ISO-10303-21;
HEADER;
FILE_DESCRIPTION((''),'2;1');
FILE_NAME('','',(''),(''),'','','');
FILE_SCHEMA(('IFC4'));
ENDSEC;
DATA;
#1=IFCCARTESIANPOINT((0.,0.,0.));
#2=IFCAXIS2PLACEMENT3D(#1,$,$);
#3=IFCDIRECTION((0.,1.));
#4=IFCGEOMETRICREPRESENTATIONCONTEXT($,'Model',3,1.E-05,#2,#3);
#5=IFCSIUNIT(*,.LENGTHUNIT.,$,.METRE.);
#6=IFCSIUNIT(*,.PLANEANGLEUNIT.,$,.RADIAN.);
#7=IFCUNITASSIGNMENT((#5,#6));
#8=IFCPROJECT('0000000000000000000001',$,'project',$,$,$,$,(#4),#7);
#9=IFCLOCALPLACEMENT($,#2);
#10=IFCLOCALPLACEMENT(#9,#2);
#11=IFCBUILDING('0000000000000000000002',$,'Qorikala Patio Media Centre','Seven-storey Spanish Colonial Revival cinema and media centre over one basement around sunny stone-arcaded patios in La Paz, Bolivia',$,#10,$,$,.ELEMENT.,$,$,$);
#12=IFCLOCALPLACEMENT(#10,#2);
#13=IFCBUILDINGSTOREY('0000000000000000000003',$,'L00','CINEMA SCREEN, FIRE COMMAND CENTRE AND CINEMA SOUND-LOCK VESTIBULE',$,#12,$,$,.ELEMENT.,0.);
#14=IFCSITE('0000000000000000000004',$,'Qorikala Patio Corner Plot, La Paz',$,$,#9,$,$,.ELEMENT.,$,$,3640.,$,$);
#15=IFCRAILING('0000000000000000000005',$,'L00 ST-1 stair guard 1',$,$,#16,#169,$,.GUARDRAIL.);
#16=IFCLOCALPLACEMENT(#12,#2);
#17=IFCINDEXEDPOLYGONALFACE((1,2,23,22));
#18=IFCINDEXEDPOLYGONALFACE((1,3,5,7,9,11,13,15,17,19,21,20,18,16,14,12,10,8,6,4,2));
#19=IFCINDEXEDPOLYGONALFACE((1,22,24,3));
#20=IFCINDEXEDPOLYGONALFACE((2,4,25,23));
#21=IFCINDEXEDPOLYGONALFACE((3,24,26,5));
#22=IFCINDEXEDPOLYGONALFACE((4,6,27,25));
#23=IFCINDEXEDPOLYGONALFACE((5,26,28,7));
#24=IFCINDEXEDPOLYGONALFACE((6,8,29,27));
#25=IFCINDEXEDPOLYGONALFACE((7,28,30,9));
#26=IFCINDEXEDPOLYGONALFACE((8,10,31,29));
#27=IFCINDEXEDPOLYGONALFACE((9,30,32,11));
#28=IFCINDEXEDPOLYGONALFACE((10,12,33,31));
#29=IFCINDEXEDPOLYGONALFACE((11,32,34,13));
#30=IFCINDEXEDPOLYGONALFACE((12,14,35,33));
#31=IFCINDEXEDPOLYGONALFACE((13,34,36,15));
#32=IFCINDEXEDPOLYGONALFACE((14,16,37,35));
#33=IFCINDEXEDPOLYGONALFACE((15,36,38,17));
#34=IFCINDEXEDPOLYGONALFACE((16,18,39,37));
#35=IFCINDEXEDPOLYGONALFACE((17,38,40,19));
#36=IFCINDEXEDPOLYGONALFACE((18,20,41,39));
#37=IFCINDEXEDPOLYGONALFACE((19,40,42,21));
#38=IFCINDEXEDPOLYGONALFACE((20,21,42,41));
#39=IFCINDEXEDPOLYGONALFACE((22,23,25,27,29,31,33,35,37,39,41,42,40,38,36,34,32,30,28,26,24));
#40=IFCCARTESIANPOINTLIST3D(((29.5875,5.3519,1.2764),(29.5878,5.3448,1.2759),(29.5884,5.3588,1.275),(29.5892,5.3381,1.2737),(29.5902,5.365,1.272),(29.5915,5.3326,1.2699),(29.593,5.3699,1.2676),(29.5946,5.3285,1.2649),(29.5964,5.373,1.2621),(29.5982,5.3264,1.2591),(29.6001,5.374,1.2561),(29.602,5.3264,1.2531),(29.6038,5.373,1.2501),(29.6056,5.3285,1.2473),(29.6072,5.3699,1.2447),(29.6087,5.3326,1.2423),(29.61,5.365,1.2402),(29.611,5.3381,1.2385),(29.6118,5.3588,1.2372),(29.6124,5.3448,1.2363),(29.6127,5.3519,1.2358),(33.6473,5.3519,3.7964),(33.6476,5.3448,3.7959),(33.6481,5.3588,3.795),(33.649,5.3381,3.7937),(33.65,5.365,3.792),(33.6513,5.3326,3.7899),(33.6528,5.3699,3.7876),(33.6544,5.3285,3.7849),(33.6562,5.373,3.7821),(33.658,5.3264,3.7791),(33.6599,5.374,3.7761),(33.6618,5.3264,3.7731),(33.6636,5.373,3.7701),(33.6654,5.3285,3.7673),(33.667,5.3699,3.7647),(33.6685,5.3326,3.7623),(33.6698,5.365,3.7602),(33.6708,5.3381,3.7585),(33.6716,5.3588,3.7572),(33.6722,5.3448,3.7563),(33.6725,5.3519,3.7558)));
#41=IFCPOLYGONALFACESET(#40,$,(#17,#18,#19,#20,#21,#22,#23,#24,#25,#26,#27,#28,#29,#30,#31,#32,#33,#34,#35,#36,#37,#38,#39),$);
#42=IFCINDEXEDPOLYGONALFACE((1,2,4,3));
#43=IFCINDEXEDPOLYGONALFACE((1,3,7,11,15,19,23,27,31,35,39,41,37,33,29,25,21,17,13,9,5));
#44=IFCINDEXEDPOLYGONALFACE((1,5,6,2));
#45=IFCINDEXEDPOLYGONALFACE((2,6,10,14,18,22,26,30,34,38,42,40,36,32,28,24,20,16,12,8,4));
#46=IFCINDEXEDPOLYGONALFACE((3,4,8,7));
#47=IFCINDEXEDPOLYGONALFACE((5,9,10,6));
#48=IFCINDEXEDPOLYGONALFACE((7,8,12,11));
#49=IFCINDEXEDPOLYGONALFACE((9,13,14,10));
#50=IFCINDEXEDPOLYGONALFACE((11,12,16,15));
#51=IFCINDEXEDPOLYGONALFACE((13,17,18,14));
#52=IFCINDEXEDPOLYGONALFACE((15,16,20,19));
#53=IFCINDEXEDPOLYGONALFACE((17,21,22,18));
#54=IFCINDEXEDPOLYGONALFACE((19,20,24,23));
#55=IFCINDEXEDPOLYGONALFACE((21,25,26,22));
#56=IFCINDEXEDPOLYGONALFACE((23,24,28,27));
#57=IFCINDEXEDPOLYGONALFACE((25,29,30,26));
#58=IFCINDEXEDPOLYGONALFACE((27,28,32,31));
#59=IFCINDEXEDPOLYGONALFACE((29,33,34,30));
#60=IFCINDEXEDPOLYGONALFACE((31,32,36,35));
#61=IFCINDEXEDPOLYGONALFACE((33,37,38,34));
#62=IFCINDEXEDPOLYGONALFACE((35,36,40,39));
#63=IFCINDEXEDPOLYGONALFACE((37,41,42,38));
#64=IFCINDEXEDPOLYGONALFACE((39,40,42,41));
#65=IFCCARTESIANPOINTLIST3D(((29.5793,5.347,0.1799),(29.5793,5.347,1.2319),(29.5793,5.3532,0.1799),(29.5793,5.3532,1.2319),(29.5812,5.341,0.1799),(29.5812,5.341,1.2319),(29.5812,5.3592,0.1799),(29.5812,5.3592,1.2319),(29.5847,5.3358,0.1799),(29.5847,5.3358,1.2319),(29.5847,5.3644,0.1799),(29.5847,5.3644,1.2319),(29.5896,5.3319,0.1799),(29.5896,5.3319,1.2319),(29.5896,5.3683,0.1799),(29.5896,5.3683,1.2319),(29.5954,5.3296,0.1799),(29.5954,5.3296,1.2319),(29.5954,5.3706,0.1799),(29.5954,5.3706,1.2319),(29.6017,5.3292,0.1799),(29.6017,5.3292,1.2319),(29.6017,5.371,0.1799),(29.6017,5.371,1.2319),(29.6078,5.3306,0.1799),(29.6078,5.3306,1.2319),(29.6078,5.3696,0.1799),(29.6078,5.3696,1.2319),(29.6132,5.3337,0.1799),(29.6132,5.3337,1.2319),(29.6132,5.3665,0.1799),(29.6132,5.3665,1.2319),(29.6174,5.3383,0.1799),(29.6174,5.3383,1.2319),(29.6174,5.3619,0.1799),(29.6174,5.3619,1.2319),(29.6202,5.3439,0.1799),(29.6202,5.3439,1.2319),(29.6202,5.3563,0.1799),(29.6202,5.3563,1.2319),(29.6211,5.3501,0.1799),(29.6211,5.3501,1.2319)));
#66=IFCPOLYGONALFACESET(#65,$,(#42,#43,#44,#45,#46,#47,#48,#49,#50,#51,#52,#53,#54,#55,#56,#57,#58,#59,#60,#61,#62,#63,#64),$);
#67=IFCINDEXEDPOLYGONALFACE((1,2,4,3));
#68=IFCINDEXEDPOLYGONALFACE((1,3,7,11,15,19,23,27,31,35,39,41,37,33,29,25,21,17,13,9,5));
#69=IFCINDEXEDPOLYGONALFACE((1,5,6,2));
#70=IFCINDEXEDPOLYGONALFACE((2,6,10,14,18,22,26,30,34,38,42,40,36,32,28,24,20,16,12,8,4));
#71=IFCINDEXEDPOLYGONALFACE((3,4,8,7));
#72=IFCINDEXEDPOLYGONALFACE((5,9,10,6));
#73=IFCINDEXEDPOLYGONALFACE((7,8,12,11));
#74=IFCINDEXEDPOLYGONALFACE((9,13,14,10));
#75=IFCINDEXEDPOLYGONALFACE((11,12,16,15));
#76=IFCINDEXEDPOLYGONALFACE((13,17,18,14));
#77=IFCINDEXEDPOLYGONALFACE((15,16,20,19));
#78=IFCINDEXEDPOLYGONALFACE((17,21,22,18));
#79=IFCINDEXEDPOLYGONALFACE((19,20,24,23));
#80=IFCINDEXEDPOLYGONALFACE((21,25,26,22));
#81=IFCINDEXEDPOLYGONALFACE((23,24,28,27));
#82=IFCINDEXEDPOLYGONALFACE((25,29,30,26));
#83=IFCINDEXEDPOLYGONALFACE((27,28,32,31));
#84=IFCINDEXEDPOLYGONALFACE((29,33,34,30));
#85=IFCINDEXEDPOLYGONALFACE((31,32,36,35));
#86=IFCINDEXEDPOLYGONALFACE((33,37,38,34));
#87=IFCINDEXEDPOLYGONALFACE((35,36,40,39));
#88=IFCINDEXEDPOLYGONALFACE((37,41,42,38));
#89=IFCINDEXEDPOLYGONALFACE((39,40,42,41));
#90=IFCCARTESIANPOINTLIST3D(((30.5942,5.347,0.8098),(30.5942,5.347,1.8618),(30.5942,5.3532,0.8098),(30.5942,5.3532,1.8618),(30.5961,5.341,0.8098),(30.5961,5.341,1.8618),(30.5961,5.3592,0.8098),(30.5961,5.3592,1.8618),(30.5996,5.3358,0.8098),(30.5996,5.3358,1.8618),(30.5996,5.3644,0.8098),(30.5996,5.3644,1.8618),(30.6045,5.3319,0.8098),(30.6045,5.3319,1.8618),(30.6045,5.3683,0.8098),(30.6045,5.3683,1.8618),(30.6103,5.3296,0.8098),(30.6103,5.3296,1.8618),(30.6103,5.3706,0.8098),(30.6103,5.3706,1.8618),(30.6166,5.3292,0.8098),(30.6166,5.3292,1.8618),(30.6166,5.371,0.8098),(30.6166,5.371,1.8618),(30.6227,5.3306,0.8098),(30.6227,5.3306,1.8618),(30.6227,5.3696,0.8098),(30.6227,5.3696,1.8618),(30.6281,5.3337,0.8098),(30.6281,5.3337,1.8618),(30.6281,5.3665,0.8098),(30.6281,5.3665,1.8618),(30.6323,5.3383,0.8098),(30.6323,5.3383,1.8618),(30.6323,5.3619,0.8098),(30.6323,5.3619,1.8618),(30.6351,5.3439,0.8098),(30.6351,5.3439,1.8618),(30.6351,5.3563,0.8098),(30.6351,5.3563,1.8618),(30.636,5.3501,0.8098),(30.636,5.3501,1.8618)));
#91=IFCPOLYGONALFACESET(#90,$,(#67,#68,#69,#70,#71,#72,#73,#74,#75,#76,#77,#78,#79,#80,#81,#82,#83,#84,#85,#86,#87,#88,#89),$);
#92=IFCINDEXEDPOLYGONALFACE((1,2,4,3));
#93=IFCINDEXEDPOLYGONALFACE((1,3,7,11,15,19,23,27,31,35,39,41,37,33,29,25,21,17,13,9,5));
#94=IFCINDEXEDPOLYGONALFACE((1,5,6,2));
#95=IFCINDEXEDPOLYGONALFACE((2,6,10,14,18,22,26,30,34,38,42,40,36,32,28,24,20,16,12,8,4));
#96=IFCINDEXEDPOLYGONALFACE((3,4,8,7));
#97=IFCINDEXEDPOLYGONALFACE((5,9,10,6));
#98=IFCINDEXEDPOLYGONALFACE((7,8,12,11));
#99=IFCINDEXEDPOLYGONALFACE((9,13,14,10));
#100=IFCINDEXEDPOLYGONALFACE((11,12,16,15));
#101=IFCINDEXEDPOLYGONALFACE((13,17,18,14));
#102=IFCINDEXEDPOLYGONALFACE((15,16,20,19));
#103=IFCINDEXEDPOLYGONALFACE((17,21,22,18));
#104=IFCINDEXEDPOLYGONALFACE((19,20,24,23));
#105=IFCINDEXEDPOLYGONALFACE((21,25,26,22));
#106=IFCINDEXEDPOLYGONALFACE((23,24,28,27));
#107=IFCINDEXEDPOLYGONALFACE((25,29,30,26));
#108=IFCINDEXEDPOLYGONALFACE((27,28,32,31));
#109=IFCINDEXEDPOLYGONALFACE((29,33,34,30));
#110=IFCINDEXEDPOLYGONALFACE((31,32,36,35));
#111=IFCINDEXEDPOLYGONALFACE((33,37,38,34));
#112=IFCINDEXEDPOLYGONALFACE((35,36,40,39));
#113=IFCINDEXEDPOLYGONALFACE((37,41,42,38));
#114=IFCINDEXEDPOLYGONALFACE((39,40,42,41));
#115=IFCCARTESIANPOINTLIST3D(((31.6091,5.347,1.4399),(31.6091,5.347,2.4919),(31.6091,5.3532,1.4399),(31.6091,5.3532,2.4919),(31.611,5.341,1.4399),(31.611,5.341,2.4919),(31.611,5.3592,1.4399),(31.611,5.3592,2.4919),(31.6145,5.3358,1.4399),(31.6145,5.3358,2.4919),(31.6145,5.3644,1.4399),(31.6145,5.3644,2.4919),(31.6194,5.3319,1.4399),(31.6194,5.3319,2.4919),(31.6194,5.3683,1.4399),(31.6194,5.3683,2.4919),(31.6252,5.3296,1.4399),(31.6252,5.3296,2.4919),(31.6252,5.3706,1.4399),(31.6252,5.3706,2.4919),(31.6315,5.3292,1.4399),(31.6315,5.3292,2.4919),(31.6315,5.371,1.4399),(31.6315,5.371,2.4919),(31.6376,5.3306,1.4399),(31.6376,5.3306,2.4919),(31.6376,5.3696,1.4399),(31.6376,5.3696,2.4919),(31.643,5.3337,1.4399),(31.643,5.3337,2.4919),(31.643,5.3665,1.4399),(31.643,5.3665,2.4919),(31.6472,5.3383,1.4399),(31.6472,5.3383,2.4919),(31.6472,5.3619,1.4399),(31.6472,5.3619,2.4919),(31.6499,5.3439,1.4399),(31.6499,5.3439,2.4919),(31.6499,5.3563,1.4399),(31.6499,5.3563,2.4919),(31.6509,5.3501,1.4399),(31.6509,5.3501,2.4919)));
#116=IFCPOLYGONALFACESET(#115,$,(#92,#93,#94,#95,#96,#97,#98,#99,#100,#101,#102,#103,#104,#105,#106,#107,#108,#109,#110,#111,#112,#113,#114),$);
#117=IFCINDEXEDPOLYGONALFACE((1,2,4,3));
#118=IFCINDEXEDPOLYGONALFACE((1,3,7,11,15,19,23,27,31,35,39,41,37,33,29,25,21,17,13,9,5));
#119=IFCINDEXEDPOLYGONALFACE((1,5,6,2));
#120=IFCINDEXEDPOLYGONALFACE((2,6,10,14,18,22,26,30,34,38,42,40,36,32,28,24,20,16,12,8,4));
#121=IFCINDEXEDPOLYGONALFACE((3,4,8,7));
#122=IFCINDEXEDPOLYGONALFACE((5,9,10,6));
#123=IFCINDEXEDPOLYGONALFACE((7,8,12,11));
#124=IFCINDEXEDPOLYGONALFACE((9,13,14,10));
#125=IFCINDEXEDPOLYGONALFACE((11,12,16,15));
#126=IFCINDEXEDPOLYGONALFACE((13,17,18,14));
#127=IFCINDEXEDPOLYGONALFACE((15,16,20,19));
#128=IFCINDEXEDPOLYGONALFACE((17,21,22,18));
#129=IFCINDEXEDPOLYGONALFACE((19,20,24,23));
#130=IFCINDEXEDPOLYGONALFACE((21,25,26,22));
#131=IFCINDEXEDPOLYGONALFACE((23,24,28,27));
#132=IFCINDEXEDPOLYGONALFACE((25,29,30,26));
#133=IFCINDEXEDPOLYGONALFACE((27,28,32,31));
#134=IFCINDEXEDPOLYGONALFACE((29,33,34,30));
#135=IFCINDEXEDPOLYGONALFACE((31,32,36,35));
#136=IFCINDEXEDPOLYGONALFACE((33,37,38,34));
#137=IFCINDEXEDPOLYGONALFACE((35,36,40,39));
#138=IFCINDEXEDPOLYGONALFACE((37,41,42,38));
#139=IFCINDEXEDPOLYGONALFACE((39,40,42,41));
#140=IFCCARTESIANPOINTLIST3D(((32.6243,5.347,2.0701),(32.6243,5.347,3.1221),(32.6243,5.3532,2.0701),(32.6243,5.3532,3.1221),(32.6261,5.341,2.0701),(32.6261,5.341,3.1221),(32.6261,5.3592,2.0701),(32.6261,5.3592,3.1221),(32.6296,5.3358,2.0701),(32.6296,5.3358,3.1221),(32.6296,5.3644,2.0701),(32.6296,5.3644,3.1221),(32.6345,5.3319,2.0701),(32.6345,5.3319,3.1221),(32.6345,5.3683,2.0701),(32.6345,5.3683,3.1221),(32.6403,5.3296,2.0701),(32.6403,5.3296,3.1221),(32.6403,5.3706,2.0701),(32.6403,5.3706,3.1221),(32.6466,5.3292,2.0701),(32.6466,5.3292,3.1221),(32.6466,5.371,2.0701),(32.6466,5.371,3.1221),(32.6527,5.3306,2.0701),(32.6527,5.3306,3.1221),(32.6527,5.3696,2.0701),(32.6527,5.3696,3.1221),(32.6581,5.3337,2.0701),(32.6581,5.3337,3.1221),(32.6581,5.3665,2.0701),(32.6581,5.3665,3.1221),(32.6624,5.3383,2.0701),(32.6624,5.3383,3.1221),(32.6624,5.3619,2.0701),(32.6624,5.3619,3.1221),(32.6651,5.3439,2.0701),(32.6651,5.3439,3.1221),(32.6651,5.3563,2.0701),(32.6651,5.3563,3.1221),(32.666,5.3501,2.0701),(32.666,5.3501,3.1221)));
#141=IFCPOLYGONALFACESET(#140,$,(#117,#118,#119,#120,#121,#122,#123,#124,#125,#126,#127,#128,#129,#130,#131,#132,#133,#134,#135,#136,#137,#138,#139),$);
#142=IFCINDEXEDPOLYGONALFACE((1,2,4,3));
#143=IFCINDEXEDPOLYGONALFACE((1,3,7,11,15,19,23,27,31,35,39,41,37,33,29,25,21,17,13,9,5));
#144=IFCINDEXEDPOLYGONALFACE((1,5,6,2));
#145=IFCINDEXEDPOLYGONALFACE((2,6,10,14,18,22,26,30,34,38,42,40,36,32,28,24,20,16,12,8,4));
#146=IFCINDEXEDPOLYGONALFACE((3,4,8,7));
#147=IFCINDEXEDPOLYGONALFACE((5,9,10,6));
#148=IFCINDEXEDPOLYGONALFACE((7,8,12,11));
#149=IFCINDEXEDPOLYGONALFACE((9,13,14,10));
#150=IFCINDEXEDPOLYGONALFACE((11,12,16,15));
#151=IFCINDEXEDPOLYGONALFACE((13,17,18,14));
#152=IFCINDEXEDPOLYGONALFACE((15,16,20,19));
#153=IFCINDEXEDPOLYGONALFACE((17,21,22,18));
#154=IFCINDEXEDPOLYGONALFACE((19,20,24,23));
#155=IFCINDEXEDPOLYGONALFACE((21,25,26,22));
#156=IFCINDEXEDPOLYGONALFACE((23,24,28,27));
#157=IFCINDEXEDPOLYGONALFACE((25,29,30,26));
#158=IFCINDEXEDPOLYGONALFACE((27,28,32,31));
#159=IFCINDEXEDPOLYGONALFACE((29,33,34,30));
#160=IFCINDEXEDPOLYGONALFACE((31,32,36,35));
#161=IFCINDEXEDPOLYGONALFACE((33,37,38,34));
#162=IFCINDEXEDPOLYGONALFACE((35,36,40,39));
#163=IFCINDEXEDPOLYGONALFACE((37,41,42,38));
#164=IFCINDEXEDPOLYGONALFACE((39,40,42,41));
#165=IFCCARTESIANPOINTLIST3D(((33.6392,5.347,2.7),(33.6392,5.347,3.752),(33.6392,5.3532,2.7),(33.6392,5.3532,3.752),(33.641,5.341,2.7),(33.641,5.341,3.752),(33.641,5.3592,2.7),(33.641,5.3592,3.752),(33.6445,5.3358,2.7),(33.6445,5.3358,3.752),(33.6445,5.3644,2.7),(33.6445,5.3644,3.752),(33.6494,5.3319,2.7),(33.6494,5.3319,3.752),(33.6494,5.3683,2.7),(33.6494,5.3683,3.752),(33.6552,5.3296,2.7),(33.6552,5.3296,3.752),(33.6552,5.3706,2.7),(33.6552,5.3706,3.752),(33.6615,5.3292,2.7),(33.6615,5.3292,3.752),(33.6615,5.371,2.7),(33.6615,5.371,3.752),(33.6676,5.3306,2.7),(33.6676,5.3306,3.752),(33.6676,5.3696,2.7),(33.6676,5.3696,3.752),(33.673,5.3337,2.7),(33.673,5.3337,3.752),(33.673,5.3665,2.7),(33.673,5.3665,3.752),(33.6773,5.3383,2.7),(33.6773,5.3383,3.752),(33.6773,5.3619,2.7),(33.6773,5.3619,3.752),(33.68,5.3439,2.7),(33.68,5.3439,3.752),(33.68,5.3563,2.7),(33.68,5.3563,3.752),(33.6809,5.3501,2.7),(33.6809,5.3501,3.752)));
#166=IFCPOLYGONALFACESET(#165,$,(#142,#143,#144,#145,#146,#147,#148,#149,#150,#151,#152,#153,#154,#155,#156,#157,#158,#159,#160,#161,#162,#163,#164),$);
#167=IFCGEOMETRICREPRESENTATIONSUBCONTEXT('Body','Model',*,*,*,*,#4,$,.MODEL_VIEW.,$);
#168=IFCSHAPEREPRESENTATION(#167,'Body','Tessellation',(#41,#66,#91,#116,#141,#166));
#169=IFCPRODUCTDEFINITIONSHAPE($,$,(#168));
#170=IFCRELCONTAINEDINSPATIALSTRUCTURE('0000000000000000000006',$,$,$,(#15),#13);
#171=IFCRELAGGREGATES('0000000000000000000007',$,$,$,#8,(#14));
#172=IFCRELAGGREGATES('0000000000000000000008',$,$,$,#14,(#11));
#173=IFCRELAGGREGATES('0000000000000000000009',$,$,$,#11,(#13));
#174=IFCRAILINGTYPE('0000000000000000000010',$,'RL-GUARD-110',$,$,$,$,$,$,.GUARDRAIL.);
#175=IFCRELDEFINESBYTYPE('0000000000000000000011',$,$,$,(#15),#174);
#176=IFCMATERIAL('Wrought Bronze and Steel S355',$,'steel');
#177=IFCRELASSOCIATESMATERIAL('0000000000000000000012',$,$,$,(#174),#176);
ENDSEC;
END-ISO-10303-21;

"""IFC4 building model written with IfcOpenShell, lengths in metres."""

from ifc_helpers import new_model, si_unit, direction, frame, origin, origin_2d, place, context, subcontext, project, spatial, circle, extrude, material, type_object, element, save


model = new_model("IFC4")

# Units and contexts
model_context = context("Model", 3, precision=1e-05, world=origin(), true_north=direction((0.0, 1.0)))
body_context = subcontext(model_context, "Body", "Model", "MODEL_VIEW")
ifc_project = project(units=[si_unit("LENGTHUNIT", "METRE"), si_unit("PLANEANGLEUNIT", "RADIAN")], contexts=[model_context])

# Site, building, storey
site_placement = place(None, origin())
site = spatial("IfcSite", under=ifc_project, at=site_placement, Name="Qorikala Patio Corner Plot, La Paz", CompositionType="ELEMENT", RefElevation=3640.0)
building_placement = place(site_placement, origin())
building = spatial("IfcBuilding", under=site, at=building_placement, Name="Qorikala Patio Media Centre", Description="Seven-storey Spanish Colonial Revival cinema and media centre over one basement around sunny stone-arcaded patios in La Paz, Bolivia", CompositionType="ELEMENT")
storey_placement = place(building_placement, origin())
storey = spatial("IfcBuildingStorey", under=building, at=storey_placement, Name="L00", Description="CINEMA SCREEN, FIRE COMMAND CENTRE AND CINEMA SOUND-LOCK VESTIBULE", CompositionType="ELEMENT", Elevation=0.0)

# Railing
ifc_material_1 = material(Name="Wrought Bronze and Steel S355", Category="steel")
railing_type_1 = type_object("IfcRailingType", Name="RL-GUARD-110", PredefinedType="GUARDRAIL", material=ifc_material_1)
railing_1_placement = place(storey_placement, frame((29.6001, 5.3501, 0.1799)))
element("IfcRailing", 1, at=railing_1_placement, inside=storey, type_object=railing_type_1, Name="L00 ST-1 stair guard 1", PredefinedType="GUARDRAIL", context=body_context, shape_type="SweptSolid", body=[
    extrude(circle(Radius=0.0239, at=origin_2d()), frame((0.0, 0.0, 1.0762), z_axis=(0.849628, 0.0, 0.527383), x_axis=(0.0, 1.0, 0.0)), (0.0, 0.0, 1.0), 4.7783),
    extrude(circle(Radius=0.021, at=origin_2d()), origin(), (0.0, 0.0, 1.0), 1.052),
    extrude(circle(Radius=0.021, at=origin_2d()), frame((1.0149, 0.0, 0.6299)), (0.0, 0.0, 1.0), 1.052),
    extrude(circle(Radius=0.021, at=origin_2d()), frame((2.0298, 0.0, 1.26)), (0.0, 0.0, 1.0), 1.052),
    extrude(circle(Radius=0.021, at=origin_2d()), frame((3.0449, 0.0, 1.8901)), (0.0, 0.0, 1.0), 1.052),
    extrude(circle(Radius=0.021, at=origin_2d()), frame((4.0598, 0.0, 2.52)), (0.0, 0.0, 1.0), 1.052),
])

save(model, "model.ifc")
